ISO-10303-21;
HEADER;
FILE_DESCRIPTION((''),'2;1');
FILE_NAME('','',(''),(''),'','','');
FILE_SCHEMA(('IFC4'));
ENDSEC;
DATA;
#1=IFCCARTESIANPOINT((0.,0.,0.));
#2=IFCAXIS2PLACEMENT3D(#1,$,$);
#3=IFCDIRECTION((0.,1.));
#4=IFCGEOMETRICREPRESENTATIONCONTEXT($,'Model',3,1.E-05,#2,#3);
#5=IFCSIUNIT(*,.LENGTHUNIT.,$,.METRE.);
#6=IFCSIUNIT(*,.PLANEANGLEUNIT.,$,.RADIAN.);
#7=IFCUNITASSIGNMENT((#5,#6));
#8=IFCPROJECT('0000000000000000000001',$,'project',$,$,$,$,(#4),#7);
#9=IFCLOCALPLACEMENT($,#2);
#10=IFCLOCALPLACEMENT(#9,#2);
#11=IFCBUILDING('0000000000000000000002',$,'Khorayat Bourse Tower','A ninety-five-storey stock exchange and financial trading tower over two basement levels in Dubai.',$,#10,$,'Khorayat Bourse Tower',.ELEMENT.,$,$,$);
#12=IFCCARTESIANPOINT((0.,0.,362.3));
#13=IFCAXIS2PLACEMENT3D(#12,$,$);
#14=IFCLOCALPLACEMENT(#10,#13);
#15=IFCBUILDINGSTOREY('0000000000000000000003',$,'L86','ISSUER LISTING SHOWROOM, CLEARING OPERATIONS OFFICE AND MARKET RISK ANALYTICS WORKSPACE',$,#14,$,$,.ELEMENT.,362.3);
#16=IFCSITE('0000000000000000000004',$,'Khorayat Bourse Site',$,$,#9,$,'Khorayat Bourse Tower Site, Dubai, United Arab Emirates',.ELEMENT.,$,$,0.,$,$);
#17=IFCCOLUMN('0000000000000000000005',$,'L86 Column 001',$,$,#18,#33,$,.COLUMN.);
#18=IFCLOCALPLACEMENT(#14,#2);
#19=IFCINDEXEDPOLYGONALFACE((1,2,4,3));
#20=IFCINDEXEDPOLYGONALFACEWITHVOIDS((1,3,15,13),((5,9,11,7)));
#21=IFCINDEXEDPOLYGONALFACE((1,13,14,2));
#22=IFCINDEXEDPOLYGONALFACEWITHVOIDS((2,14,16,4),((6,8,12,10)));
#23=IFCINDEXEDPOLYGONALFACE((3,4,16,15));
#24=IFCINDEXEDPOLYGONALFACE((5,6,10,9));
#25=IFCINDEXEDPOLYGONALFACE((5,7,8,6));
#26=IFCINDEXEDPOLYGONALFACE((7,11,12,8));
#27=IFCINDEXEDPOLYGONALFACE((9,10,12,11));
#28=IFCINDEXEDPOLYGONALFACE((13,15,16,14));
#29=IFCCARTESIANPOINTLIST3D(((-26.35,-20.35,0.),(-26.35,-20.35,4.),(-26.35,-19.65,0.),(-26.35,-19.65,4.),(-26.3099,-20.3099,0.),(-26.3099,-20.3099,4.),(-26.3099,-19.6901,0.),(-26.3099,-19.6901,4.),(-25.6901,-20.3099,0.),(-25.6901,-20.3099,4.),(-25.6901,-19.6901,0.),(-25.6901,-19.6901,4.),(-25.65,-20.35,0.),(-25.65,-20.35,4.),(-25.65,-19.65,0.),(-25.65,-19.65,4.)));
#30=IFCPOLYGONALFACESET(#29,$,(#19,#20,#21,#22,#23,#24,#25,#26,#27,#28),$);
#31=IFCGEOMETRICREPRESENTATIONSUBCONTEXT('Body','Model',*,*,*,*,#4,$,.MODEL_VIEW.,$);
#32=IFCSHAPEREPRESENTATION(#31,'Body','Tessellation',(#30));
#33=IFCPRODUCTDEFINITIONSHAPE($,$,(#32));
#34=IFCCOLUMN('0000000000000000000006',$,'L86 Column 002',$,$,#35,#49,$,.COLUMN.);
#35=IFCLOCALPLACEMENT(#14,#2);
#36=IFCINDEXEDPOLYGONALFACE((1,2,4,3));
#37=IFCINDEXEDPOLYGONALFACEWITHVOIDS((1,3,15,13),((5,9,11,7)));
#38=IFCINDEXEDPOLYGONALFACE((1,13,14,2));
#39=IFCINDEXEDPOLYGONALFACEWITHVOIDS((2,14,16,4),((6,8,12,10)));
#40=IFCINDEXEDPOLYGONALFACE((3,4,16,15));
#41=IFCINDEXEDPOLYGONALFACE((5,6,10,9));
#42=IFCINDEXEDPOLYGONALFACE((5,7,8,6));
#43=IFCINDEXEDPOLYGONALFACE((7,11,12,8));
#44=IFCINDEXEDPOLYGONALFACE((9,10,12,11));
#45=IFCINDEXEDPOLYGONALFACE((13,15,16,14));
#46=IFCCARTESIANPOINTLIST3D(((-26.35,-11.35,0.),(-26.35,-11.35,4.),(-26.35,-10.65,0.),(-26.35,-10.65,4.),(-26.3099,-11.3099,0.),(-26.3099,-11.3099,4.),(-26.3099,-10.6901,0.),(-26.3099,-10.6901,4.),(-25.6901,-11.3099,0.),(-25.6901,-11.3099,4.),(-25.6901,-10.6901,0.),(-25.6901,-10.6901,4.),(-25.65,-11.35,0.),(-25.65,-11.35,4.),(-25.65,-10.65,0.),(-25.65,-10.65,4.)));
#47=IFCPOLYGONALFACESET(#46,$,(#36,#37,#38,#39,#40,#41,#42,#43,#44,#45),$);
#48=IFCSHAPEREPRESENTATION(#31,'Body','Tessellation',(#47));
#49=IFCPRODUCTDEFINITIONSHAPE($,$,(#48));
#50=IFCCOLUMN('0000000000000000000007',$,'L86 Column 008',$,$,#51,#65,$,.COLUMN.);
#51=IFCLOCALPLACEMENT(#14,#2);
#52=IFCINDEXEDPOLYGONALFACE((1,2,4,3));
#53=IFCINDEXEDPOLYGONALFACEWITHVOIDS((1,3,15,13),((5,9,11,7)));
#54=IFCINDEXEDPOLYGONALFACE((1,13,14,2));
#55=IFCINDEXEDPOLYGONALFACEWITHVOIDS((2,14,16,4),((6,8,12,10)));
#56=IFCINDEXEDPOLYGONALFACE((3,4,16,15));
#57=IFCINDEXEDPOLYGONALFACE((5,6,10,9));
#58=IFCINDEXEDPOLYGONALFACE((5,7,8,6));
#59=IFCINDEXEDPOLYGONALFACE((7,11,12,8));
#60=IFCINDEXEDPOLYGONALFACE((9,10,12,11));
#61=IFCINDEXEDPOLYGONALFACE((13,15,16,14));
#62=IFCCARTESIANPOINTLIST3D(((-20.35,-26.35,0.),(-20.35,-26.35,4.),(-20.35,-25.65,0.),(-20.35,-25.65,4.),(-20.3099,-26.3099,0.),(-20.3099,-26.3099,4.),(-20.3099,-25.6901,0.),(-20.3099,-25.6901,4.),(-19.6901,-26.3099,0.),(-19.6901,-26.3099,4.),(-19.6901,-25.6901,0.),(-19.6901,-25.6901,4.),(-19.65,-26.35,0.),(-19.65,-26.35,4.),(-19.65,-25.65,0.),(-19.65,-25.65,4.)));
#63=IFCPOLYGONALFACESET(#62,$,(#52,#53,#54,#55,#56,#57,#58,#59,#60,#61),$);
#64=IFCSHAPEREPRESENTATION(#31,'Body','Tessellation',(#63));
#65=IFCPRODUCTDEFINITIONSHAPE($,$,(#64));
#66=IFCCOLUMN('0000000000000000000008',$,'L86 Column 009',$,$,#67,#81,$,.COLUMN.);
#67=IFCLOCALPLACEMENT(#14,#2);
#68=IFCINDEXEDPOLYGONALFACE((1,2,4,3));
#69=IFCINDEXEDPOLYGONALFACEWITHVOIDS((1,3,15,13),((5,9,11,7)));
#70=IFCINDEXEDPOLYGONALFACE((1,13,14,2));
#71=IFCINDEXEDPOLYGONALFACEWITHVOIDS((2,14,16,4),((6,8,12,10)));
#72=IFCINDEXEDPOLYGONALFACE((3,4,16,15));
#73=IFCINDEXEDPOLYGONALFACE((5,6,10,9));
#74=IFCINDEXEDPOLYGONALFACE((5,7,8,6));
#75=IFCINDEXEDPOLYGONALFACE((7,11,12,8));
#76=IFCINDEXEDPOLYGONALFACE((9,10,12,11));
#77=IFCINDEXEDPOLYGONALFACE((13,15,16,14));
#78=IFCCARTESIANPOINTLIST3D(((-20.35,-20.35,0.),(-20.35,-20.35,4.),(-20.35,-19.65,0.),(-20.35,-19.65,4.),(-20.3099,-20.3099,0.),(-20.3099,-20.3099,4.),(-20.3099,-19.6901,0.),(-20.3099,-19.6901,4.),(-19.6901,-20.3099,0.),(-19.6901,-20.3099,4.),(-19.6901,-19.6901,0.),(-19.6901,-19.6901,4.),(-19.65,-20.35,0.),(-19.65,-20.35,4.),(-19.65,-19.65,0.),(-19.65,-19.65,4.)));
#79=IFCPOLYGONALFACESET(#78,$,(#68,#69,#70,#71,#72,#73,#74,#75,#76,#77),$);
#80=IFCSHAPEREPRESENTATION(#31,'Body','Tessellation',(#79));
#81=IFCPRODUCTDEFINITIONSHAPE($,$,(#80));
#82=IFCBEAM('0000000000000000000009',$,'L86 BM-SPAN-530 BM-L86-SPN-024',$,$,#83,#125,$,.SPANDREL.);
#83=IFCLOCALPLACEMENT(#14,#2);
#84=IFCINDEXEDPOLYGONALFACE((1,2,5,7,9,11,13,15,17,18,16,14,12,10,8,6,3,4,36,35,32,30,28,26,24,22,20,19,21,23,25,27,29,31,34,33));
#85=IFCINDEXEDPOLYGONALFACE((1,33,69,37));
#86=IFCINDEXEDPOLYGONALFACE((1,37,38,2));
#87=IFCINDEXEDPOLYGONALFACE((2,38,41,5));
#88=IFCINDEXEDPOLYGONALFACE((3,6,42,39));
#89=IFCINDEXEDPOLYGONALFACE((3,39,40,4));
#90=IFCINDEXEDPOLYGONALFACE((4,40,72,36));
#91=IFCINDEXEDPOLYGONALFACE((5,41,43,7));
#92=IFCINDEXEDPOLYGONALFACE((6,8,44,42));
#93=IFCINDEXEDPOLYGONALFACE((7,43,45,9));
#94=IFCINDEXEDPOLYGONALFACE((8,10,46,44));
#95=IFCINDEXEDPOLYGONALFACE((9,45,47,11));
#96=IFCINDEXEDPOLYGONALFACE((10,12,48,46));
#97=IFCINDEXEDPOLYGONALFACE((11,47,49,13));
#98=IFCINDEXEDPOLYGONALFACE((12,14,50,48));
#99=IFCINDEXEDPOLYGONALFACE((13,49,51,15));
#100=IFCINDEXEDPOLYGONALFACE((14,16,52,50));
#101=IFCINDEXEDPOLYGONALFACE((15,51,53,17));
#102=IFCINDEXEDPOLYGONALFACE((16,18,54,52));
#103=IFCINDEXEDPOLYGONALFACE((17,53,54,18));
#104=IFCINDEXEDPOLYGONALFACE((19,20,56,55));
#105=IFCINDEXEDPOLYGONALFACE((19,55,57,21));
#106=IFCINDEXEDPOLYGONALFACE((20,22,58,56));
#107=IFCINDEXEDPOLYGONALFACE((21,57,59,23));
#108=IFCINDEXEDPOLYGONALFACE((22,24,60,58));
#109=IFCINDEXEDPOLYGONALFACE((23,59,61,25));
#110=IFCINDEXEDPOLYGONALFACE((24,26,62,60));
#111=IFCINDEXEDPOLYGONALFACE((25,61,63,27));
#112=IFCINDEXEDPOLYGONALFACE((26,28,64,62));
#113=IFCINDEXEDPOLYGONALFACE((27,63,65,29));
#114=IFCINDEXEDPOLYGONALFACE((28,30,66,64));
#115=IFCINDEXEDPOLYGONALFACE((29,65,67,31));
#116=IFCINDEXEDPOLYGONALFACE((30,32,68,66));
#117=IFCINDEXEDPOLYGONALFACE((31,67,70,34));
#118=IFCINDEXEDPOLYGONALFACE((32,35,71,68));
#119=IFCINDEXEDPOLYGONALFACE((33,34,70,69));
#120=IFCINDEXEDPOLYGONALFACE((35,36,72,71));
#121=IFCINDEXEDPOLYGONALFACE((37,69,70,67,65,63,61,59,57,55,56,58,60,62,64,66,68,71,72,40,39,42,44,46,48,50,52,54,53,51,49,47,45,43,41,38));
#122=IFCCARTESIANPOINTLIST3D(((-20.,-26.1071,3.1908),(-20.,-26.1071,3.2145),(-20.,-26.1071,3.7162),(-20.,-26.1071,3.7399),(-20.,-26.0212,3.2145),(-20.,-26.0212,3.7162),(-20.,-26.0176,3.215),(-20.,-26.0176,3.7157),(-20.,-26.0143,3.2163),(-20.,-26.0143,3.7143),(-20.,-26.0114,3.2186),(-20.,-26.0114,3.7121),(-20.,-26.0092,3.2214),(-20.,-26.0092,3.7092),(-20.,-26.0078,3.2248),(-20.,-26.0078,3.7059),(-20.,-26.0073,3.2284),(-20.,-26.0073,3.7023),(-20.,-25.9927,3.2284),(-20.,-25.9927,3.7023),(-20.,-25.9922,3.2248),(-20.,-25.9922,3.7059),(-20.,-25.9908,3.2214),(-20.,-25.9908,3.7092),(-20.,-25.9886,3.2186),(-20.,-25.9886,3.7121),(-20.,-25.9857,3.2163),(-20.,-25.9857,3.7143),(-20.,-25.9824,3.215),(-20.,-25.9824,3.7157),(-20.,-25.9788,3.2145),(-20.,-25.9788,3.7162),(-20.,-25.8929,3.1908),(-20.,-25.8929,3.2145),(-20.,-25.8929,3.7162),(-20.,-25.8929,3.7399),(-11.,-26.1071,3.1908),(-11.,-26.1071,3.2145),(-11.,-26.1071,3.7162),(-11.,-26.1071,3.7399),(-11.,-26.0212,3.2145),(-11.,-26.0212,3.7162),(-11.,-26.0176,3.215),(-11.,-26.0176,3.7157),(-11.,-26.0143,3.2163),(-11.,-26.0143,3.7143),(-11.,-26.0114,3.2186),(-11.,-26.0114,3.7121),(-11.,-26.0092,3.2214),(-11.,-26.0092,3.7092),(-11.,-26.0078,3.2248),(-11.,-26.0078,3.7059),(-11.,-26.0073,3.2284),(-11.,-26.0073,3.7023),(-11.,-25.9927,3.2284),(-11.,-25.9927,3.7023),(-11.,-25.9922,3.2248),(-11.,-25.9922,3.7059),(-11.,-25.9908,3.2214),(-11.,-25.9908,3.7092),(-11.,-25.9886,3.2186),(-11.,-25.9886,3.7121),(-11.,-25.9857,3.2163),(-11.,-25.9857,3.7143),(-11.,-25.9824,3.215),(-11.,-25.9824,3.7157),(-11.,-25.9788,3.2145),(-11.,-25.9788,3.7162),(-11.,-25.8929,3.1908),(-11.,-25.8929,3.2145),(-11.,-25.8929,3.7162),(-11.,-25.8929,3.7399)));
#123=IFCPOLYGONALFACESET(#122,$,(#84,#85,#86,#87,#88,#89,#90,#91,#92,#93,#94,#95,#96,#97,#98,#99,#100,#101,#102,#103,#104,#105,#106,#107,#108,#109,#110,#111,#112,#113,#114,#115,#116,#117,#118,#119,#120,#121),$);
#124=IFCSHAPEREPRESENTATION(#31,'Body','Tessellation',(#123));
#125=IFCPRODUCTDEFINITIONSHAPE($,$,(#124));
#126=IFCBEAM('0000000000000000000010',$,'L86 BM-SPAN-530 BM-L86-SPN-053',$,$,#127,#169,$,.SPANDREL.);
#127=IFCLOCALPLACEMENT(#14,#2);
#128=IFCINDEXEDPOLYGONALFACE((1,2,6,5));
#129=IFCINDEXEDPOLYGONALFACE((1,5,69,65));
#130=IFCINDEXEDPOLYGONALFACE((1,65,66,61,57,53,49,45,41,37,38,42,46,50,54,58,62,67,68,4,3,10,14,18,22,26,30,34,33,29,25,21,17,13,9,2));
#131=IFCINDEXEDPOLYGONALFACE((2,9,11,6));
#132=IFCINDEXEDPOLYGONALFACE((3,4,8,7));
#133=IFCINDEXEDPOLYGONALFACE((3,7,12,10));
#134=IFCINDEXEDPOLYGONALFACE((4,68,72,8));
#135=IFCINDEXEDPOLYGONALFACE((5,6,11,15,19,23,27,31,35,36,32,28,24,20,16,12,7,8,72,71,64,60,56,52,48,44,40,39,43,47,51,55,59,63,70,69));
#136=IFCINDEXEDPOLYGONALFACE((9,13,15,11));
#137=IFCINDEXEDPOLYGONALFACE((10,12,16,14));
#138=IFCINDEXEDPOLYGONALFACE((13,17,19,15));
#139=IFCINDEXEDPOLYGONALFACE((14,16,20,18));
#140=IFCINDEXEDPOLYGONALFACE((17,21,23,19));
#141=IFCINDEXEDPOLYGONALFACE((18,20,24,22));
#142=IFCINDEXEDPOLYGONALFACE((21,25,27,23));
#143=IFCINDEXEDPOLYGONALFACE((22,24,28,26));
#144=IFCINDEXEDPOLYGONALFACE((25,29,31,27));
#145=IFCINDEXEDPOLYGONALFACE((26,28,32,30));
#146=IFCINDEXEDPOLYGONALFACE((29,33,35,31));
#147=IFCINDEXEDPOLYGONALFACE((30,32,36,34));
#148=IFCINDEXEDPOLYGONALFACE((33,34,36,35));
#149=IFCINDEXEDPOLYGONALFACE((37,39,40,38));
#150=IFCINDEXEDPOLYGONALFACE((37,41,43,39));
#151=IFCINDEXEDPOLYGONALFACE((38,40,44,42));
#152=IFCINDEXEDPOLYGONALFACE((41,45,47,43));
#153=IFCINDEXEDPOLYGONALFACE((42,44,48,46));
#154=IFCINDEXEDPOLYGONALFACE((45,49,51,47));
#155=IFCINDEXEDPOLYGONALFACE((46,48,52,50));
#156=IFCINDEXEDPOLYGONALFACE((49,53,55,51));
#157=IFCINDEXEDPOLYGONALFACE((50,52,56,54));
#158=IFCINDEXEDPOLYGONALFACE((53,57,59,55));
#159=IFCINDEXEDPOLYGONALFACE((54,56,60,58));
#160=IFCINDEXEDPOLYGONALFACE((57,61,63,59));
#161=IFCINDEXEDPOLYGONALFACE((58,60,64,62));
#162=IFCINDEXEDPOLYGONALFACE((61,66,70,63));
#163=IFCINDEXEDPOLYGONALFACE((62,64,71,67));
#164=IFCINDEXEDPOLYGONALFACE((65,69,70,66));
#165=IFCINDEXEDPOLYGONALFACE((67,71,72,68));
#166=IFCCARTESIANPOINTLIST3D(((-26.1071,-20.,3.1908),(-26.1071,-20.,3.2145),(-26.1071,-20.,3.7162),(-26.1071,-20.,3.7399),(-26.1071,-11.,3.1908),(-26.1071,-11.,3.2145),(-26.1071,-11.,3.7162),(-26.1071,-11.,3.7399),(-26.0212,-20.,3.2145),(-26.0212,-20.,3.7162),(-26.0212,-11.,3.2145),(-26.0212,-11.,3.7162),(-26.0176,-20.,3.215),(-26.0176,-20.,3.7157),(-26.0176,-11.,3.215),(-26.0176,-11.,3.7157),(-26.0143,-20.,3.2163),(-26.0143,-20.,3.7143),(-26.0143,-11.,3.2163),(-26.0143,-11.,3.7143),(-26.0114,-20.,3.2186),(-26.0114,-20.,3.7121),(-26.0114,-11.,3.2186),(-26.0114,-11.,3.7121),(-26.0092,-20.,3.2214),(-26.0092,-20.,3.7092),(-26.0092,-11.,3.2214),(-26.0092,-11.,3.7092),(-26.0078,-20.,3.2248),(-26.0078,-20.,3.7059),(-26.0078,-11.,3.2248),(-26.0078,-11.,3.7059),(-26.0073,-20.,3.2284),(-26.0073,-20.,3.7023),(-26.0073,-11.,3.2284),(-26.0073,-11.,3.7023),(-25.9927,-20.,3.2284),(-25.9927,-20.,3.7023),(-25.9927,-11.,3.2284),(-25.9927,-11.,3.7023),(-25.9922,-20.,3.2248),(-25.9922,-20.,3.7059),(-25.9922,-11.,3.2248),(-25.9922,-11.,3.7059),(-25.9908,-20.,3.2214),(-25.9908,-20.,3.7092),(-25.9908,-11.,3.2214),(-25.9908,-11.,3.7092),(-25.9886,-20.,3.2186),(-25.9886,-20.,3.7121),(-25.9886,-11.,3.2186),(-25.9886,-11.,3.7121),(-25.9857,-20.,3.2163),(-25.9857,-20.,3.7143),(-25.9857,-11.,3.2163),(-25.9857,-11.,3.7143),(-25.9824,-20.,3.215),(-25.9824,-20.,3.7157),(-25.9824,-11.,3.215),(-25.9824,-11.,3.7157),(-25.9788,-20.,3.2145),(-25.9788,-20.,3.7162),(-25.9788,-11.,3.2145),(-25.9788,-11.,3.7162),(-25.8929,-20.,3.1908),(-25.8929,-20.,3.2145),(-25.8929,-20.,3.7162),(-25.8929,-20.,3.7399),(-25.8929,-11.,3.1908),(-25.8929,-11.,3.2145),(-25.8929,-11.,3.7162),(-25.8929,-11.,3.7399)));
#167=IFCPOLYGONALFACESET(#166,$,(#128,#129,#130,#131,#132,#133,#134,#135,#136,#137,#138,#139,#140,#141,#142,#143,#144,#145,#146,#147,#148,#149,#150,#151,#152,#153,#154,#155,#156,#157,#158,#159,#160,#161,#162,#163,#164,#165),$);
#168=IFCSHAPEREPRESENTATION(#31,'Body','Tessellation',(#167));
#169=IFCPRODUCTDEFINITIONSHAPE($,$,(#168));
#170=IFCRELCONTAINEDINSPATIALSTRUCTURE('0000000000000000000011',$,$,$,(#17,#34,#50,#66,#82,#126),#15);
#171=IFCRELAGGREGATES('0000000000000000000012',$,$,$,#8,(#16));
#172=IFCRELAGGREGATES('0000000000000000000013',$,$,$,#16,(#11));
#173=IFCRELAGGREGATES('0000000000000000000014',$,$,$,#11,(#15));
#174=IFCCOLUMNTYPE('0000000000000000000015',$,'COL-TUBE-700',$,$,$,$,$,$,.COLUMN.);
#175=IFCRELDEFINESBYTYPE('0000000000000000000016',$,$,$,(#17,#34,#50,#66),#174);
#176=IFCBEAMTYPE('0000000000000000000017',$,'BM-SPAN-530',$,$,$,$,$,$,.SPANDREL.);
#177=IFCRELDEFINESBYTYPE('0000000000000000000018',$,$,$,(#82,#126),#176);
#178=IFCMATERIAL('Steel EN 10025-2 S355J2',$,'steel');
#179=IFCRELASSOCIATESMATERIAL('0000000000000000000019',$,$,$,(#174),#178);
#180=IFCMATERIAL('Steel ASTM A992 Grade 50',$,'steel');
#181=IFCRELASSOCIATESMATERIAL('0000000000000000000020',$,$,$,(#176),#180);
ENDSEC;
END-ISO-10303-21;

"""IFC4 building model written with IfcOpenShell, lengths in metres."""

from ifc_helpers import new_model, si_unit, direction, frame, origin, origin_2d, place, context, subcontext, project, spatial, hollow_rectangle, i_section, extrude, source, transform, mapped, material, material_profile, profile_set, type_object, element, save


model = new_model("IFC4")

# Units and contexts
model_context = context("Model", 3, precision=1e-05, world=origin(), true_north=direction((0.0, 1.0)))
body_context = subcontext(model_context, "Body", "Model", "MODEL_VIEW")
ifc_project = project(units=[si_unit("LENGTHUNIT", "METRE"), si_unit("PLANEANGLEUNIT", "RADIAN")], contexts=[model_context])

# Site, building, storey
site_placement = place(None, origin())
site = spatial("IfcSite", under=ifc_project, at=site_placement, Name="Khorayat Bourse Site", LongName="Khorayat Bourse Tower Site, Dubai, United Arab Emirates", CompositionType="ELEMENT", RefElevation=0.0)
building_placement = place(site_placement, origin())
building = spatial("IfcBuilding", under=site, at=building_placement, Name="Khorayat Bourse Tower", Description="A ninety-five-storey stock exchange and financial trading tower over two basement levels in Dubai.", LongName="Khorayat Bourse Tower", CompositionType="ELEMENT")
storey_placement = place(building_placement, frame((0.0, 0.0, 362.3)))
storey = spatial("IfcBuildingStorey", under=building, at=storey_placement, Name="L86", Description="ISSUER LISTING SHOWROOM, CLEARING OPERATIONS OFFICE AND MARKET RISK ANALYTICS WORKSPACE", CompositionType="ELEMENT", Elevation=362.3)

# Columns
ifc_material_1 = material(Name="Steel EN 10025-2 S355J2", Category="steel")
ifc_material_profile_1 = material_profile(ifc_material_1, hollow_rectangle(XDim=0.7, YDim=0.7, WallThickness=0.04, at=origin_2d()), Name="BOX 700x700x40")
ifc_profile_set_1 = profile_set([ifc_material_profile_1], Name="Steel EN 10025-2 S355J2")
column_type = type_object("IfcColumnType", Name="COL-TUBE-700", PredefinedType="COLUMN", material=ifc_profile_set_1)
shared_shape_1 = source(origin(), body_context, "Body", "SweptSolid", [
    extrude(hollow_rectangle(XDim=0.7, YDim=0.7, WallThickness=0.04, at=origin_2d()), origin(), (0.0, 0.0, 1.0), 4.0),
])
for number, where, z_axis, x_axis, name in (
    (1, (-26.0, -20.0, 0.0), (0.0, 0.0, 1.0), (1.0, 0.0, 0.0), "L86 Column 001"),
    (2, (-26.0, -11.0, 0.0), (0.0, 0.0, 1.0), (1.0, 0.0, 0.0), "L86 Column 002"),
    (3, (-20.0, -26.0, 0.0), (0.0, 0.0, 1.0), (1.0, 0.0, 0.0), "L86 Column 008"),
    (4, (-20.0, -20.0, 0.0), (0.0, 0.0, 1.0), (1.0, 0.0, 0.0), "L86 Column 009"),
):
    element("IfcColumn", number, at=place(storey_placement, frame(where, z_axis=z_axis, x_axis=x_axis)), inside=storey, type_object=column_type, Name=name, PredefinedType="COLUMN", context=body_context, shape_type="MappedRepresentation", body=[
        mapped(shared_shape_1, transform((0.0, 0.0, 0.0), scale=1.0)),
    ])

# Beams
ifc_material_2 = material(Name="Steel ASTM A992 Grade 50", Category="steel")
ifc_material_profile_2 = material_profile(ifc_material_2, i_section(OverallWidth=0.2141, OverallDepth=0.5491, WebThickness=0.0146, FlangeThickness=0.0237, FilletRadius=0.0139, at=origin_2d()), Name="W530X138")
ifc_profile_set_2 = profile_set([ifc_material_profile_2], Name="Steel ASTM A992 Grade 50")
beam_type_1 = type_object("IfcBeamType", Name="BM-SPAN-530", PredefinedType="SPANDREL", material=ifc_profile_set_2)
shared_shape_2 = source(origin(), body_context, "Body", "SweptSolid", [
    extrude(i_section(OverallWidth=0.2141, OverallDepth=0.5491, WebThickness=0.0146, FlangeThickness=0.0237, FilletRadius=0.0139, at=origin_2d()), origin(), (0.0, 0.0, 1.0), 9.0),
])
for number, where, z_axis, x_axis, name in (
    (5, (-20.0, -26.0, 3.4653), (1.0, 0.0, 0.0), (0.0, 1.0, 0.0), "L86 BM-SPAN-530 BM-L86-SPN-024"),
    (6, (-26.0, -20.0, 3.4653), (0.0, 1.0, 0.0), (-1.0, 0.0, 0.0), "L86 BM-SPAN-530 BM-L86-SPN-053"),
):
    element("IfcBeam", number, at=place(storey_placement, frame(where, z_axis=z_axis, x_axis=x_axis)), inside=storey, type_object=beam_type_1, Name=name, PredefinedType="SPANDREL", context=body_context, shape_type="MappedRepresentation", body=[
        mapped(shared_shape_2, transform((0.0, 0.0, 0.0), scale=1.0)),
    ])

save(model, "model.ifc")
